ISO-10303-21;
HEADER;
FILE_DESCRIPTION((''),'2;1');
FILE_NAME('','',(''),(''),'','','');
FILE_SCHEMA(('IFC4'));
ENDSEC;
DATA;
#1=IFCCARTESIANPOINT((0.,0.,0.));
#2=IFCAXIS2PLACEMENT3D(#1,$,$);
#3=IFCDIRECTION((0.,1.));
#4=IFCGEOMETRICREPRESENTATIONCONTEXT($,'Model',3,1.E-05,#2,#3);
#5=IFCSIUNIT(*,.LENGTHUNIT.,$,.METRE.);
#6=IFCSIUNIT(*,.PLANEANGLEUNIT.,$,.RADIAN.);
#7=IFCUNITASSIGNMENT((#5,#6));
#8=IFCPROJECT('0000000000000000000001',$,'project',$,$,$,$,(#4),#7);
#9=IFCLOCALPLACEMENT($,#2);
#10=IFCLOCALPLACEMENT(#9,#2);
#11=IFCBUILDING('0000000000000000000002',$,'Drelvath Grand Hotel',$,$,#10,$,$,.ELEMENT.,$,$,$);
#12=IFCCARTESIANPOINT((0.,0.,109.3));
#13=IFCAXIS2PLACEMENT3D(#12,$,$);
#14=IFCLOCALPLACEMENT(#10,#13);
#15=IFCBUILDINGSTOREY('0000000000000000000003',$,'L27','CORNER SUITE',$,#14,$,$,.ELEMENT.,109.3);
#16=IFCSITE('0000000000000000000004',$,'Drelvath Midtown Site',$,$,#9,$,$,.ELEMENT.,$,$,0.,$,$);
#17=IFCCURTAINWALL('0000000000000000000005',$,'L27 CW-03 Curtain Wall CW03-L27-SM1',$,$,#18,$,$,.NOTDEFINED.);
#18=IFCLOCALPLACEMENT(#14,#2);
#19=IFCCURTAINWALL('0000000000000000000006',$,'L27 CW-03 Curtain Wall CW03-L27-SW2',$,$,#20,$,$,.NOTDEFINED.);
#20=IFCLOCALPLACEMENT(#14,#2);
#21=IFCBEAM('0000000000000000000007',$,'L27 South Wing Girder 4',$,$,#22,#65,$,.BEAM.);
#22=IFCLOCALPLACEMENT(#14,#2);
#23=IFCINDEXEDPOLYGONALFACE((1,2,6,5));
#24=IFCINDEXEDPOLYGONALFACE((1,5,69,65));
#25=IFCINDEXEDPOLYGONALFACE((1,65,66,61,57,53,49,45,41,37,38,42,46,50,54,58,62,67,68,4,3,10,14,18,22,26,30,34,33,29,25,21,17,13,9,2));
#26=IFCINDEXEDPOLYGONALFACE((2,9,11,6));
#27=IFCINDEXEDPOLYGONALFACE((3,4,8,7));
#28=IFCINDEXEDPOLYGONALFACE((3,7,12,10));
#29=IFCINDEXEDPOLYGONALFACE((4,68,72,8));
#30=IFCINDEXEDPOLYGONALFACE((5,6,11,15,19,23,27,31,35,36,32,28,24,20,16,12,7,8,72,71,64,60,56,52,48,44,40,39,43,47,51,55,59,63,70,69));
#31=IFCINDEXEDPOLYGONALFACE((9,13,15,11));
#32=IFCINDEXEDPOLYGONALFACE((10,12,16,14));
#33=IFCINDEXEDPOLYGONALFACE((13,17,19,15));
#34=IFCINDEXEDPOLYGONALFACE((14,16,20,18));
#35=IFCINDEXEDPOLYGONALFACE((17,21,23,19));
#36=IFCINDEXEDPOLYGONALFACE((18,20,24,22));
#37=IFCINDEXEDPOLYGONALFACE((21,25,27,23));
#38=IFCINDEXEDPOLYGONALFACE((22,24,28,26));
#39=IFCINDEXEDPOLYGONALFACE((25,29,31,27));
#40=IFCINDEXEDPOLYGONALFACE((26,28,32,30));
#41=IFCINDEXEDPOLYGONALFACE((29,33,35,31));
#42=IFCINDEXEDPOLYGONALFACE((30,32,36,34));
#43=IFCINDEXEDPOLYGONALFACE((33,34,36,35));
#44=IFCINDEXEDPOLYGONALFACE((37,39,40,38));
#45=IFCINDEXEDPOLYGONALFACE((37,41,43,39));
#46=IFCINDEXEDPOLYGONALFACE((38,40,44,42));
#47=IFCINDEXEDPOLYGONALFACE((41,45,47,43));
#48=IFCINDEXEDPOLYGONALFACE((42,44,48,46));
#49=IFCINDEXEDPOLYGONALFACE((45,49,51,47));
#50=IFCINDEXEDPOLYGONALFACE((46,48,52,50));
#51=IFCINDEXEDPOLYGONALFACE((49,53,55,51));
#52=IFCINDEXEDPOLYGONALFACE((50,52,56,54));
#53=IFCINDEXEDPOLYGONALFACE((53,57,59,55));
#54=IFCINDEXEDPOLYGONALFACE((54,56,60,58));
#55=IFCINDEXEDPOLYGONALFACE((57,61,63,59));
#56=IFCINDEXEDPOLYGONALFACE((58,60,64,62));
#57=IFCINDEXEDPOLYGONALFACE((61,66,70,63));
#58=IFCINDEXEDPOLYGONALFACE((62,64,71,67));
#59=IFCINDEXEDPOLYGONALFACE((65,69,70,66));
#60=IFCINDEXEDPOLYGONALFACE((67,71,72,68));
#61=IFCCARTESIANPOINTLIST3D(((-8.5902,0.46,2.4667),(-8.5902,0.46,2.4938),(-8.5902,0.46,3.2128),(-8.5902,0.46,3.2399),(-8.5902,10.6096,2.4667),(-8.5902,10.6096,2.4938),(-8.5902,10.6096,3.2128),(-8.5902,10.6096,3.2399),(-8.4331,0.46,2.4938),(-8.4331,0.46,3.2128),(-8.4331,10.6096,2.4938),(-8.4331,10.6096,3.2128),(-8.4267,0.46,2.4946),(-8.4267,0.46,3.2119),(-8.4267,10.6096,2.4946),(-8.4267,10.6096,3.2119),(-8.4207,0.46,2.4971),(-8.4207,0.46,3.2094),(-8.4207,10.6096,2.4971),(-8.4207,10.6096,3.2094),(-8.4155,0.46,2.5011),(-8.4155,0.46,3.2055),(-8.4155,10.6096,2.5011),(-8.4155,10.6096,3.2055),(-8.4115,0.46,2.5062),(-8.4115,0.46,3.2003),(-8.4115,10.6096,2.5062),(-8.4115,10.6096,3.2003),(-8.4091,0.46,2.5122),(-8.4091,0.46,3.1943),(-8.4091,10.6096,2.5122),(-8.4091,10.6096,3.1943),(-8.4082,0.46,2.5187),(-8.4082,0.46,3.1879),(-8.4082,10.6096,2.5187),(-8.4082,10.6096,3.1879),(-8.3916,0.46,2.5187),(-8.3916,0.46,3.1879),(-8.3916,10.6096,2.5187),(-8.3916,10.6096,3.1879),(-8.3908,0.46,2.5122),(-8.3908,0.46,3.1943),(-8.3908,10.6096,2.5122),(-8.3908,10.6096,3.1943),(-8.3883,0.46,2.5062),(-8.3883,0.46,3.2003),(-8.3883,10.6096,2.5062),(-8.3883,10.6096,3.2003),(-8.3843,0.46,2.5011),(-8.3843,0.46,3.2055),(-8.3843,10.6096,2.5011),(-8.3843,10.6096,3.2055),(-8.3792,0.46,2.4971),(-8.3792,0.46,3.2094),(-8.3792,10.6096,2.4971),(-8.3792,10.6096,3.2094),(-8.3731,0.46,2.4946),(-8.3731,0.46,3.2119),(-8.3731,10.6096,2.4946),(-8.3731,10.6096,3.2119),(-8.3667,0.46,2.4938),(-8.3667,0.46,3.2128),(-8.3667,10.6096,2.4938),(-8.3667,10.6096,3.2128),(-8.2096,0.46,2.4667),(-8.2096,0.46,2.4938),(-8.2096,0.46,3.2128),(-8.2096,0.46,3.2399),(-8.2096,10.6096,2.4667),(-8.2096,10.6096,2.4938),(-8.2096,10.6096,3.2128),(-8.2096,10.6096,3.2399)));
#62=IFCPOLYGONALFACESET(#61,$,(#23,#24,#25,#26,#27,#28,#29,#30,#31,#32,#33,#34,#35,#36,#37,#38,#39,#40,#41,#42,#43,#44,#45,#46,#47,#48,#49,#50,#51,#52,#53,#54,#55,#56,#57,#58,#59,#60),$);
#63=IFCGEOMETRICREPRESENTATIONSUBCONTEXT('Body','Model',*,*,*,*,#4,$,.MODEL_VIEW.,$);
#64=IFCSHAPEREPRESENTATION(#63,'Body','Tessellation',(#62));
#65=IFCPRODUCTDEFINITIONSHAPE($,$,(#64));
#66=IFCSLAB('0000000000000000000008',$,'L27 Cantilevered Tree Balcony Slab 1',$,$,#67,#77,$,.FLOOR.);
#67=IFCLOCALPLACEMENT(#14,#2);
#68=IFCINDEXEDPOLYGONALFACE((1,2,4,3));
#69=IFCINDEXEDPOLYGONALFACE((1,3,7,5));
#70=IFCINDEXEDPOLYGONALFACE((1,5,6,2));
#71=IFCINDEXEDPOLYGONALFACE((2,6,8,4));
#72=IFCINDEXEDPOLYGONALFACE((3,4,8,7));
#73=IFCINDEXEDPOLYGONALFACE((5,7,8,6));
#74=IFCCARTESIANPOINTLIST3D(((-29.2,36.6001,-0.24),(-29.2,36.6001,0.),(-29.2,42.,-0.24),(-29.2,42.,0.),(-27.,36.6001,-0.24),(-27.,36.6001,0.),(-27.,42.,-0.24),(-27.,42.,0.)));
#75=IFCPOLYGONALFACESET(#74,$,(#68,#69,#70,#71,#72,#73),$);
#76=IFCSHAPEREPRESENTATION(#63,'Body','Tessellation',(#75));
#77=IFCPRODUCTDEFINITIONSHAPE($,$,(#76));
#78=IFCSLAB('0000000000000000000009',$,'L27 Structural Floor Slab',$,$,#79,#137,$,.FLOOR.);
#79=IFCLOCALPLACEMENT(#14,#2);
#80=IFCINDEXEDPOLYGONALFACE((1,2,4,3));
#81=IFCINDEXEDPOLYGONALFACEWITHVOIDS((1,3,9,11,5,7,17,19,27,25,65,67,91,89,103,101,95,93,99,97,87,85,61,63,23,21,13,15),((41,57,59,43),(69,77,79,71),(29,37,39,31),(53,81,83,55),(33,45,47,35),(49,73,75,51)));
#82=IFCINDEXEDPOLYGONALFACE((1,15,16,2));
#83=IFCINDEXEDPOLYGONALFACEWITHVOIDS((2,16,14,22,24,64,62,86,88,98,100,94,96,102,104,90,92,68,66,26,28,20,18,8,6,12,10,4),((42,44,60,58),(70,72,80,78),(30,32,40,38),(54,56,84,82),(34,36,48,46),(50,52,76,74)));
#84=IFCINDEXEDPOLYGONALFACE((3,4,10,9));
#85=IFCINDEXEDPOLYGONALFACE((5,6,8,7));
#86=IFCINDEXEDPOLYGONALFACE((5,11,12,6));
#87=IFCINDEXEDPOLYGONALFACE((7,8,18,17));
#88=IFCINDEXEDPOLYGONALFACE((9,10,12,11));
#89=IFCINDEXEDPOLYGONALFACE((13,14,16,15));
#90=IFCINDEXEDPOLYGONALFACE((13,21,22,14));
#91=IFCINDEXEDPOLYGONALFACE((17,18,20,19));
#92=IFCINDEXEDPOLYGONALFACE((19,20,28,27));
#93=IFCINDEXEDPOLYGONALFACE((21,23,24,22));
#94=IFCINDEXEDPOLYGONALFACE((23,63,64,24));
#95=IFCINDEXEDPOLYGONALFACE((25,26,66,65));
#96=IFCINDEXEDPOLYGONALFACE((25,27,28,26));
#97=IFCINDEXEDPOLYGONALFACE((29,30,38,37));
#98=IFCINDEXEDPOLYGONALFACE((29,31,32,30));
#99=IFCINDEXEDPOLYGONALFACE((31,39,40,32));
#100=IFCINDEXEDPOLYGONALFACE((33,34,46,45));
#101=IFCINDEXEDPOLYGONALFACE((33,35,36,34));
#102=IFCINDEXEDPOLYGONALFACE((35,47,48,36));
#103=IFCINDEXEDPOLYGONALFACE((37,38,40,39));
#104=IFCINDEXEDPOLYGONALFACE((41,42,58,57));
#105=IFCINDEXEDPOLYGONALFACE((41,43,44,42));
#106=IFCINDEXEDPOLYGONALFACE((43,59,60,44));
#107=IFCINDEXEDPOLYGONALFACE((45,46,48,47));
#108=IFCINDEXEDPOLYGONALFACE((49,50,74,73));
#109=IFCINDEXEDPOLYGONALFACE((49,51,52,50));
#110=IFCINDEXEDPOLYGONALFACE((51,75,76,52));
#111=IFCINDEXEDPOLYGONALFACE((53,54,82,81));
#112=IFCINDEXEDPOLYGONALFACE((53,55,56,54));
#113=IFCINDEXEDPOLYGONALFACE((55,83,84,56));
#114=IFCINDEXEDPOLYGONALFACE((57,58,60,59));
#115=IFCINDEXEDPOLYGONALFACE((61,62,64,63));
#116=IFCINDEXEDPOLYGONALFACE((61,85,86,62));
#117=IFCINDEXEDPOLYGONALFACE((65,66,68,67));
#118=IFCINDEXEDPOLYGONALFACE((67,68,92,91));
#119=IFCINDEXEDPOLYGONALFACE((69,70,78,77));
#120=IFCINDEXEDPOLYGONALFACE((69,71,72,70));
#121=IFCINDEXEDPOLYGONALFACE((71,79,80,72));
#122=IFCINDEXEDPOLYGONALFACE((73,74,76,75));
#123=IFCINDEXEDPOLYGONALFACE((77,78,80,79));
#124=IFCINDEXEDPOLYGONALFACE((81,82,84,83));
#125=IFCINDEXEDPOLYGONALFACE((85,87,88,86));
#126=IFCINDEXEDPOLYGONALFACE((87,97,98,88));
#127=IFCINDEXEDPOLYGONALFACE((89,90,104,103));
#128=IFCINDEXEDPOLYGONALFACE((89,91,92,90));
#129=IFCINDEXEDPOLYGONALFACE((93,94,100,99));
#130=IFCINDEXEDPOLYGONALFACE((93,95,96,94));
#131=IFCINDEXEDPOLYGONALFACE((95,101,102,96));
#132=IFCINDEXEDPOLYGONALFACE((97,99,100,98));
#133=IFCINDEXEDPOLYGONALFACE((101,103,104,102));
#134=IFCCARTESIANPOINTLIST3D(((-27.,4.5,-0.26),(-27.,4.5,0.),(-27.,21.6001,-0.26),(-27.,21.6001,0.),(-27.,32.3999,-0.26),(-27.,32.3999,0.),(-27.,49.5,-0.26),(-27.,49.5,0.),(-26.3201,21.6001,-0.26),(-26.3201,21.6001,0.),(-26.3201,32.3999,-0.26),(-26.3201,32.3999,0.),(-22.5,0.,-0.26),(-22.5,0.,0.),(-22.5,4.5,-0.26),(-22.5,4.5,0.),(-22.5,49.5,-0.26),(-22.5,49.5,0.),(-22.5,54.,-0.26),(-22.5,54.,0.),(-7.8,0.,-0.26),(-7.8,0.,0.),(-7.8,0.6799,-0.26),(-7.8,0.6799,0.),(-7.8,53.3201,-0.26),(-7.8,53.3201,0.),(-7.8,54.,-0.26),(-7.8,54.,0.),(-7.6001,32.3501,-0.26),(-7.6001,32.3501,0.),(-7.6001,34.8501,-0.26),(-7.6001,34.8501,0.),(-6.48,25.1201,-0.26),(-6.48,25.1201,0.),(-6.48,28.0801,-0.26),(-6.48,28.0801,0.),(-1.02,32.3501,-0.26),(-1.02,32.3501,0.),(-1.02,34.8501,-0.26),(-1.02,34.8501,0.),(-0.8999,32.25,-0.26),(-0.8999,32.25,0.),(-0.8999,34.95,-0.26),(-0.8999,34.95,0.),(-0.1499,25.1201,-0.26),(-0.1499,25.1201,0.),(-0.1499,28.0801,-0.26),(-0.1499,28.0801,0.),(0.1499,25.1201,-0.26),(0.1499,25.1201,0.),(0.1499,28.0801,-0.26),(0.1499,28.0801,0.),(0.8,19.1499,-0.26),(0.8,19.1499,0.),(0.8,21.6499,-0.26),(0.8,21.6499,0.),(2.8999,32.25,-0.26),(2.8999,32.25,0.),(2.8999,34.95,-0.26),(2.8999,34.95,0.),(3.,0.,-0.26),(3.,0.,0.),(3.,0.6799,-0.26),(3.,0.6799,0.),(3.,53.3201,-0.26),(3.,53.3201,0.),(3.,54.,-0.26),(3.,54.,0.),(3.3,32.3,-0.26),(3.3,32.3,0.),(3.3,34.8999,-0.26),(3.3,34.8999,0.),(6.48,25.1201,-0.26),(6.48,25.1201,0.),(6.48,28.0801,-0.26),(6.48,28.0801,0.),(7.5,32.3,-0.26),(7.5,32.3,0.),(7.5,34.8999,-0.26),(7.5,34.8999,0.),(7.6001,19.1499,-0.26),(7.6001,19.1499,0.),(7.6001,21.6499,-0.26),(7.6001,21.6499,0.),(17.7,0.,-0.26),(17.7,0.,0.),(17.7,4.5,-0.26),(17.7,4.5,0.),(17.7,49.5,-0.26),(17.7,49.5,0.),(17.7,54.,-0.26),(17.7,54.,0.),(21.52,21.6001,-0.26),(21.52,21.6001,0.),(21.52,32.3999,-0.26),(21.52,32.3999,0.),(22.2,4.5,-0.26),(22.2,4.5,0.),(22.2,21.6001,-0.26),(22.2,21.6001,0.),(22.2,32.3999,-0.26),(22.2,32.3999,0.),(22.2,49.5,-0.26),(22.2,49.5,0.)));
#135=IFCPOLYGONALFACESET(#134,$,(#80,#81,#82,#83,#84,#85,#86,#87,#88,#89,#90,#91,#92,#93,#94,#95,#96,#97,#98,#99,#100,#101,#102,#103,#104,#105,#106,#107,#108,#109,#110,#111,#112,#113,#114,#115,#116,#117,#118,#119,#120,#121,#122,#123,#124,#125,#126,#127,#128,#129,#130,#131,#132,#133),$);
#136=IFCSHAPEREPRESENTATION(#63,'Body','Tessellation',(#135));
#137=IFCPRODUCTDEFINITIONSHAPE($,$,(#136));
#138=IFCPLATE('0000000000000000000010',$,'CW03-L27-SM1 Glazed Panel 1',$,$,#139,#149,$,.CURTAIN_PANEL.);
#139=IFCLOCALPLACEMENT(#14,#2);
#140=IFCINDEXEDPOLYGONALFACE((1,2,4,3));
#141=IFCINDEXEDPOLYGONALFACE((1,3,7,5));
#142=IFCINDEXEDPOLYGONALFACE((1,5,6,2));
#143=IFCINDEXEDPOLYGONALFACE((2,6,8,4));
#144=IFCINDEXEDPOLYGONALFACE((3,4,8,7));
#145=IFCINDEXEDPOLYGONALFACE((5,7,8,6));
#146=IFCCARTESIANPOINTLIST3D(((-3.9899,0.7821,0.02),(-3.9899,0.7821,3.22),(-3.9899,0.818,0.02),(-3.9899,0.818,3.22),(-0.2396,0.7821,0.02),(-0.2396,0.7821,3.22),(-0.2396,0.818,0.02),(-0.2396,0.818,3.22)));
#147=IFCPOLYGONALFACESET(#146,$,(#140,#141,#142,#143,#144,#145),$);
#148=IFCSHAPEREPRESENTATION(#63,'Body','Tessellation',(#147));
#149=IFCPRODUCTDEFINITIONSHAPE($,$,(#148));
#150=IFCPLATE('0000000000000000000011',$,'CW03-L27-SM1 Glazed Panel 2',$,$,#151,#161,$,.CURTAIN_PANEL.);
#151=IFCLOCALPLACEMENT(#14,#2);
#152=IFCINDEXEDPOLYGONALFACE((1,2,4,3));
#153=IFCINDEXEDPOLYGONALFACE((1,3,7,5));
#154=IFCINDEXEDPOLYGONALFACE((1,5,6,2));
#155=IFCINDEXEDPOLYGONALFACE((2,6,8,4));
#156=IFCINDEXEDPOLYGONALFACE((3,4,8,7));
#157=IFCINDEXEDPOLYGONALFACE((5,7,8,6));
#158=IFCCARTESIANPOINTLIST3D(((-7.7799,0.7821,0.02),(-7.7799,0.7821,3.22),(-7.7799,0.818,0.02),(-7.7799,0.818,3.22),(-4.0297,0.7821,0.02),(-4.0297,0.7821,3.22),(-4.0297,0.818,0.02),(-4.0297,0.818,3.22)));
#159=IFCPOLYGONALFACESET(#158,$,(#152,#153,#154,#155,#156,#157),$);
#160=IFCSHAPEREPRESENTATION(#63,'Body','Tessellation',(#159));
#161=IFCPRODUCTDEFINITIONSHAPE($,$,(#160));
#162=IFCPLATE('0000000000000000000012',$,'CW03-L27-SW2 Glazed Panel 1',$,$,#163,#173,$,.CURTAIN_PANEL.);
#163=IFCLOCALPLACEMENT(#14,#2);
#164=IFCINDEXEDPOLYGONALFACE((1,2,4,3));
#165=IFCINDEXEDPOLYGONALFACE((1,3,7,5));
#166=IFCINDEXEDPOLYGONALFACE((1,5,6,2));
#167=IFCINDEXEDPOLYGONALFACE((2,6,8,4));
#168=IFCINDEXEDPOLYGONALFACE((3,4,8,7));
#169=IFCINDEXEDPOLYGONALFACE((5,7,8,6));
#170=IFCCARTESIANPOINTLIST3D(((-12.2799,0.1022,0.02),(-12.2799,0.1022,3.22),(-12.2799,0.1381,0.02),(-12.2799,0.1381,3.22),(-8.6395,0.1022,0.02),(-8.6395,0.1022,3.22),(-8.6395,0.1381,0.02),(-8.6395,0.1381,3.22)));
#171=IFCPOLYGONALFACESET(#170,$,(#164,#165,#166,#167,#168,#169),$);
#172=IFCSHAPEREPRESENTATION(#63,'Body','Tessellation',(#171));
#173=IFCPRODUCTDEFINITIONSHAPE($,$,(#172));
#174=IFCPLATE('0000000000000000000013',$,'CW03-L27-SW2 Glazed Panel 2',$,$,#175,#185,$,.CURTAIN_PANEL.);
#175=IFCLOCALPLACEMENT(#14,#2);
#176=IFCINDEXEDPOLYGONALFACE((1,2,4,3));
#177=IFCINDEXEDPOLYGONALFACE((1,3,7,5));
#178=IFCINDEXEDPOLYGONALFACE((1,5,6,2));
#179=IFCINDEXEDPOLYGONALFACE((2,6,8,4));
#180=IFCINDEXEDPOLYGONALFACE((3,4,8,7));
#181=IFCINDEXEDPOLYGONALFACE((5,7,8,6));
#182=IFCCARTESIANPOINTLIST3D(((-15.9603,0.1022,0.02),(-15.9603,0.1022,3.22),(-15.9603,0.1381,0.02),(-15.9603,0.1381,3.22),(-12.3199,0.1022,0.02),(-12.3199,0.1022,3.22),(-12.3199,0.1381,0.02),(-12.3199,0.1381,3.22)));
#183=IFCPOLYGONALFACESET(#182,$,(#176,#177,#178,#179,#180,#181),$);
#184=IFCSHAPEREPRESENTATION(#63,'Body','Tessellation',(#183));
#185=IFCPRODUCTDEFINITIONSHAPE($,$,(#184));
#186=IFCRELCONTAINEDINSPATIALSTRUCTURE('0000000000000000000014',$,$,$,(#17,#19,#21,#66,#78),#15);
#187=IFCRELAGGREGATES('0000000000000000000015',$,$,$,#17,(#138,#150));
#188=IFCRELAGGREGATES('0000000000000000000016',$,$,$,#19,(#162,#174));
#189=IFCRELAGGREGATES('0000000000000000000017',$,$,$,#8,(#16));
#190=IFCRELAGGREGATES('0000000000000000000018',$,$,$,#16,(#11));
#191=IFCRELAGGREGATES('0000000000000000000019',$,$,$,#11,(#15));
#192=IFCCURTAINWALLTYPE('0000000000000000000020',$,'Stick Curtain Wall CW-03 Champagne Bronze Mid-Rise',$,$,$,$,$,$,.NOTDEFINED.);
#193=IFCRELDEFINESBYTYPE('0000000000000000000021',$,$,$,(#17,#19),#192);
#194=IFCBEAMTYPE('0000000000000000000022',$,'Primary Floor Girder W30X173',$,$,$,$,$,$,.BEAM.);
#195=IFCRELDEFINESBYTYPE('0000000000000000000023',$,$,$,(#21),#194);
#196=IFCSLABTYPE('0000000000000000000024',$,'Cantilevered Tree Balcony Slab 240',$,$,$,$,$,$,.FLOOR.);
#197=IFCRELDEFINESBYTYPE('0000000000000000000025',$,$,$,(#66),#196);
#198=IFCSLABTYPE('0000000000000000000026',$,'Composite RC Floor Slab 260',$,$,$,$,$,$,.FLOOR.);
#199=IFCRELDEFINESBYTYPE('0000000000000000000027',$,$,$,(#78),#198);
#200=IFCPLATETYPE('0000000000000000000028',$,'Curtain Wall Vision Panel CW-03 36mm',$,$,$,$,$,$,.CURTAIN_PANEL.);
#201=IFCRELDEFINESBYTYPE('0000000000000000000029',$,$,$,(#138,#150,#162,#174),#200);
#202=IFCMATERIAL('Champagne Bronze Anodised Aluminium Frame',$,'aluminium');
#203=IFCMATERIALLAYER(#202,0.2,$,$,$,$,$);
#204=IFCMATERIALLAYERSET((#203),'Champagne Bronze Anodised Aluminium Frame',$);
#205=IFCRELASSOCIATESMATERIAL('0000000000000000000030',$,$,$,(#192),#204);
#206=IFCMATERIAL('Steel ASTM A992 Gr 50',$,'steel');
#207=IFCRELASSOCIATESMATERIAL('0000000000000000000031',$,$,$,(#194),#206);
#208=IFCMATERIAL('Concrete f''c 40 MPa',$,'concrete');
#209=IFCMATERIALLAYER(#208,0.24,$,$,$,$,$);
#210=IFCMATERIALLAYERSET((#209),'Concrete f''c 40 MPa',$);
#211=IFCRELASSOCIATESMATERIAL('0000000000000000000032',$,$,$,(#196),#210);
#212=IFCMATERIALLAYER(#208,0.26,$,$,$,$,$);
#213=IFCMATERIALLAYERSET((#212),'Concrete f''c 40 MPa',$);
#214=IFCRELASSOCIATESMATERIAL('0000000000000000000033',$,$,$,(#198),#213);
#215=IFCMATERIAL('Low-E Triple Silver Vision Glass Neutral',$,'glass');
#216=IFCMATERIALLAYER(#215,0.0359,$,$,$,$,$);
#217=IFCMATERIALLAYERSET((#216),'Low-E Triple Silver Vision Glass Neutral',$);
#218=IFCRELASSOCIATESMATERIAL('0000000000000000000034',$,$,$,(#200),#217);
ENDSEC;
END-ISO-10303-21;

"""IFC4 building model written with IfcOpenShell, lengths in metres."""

from ifc_helpers import new_model, si_unit, direction, frame, origin, origin_2d, place, context, subcontext, project, spatial, polyline, rectangle, i_section, outline, extrude, material, layer, layer_set, material_profile, profile_set, type_object, element, aggregate, save


model = new_model("IFC4")

# Units and contexts
model_context = context("Model", 3, precision=1e-05, world=origin(), true_north=direction((0.0, 1.0)))
body_context = subcontext(model_context, "Body", "Model", "MODEL_VIEW")
ifc_project = project(units=[si_unit("LENGTHUNIT", "METRE"), si_unit("PLANEANGLEUNIT", "RADIAN")], contexts=[model_context])

# Site, building, storey
site_placement = place(None, origin())
site = spatial("IfcSite", under=ifc_project, at=site_placement, Name="Drelvath Midtown Site", CompositionType="ELEMENT", RefElevation=0.0)
building_placement = place(site_placement, origin())
building = spatial("IfcBuilding", under=site, at=building_placement, Name="Drelvath Grand Hotel", CompositionType="ELEMENT")
storey_placement = place(building_placement, frame((0.0, 0.0, 109.3)))
storey = spatial("IfcBuildingStorey", under=building, at=storey_placement, Name="L27", Description="CORNER SUITE", CompositionType="ELEMENT", Elevation=109.3)

# Shared definitions
ifc_material_1 = material(Name="Steel ASTM A992 Gr 50", Category="steel")

# Curtain walls
ifc_material_2 = material(Name="Champagne Bronze Anodised Aluminium Frame", Category="aluminium")
ifc_layer_1 = layer(ifc_material_2, 0.2)
ifc_layer_set_1 = layer_set([ifc_layer_1], Name="Champagne Bronze Anodised Aluminium Frame")
curtain_wall_type = type_object("IfcCurtainWallType", Name="Stick Curtain Wall CW-03 Champagne Bronze Mid-Rise", PredefinedType="NOTDEFINED", material=ifc_layer_set_1)
curtain_wall_1_placement = place(storey_placement, origin())
curtain_wall_1 = element("IfcCurtainWall", 1, at=curtain_wall_1_placement, inside=storey, type_object=curtain_wall_type, Name="L27 CW-03 Curtain Wall CW03-L27-SM1", PredefinedType="NOTDEFINED")
curtain_wall_2_placement = place(storey_placement, origin())
curtain_wall_2 = element("IfcCurtainWall", 2, at=curtain_wall_2_placement, inside=storey, type_object=curtain_wall_type, Name="L27 CW-03 Curtain Wall CW03-L27-SW2", PredefinedType="NOTDEFINED")

# Beam
ifc_material_profile_1 = material_profile(ifc_material_1, i_section(OverallWidth=0.3806, OverallDepth=0.7732, WebThickness=0.0166, FlangeThickness=0.0271, FilletRadius=0.0249, at=origin_2d()), Name="W30X173")
ifc_profile_set_1 = profile_set([ifc_material_profile_1], Name="Steel ASTM A992 Gr 50")
beam_type_1 = type_object("IfcBeamType", Name="Primary Floor Girder W30X173", PredefinedType="BEAM", material=ifc_profile_set_1)
beam_1_placement = place(storey_placement, frame((-8.3999, 0.46, 2.8533), z_axis=(0.0, 1.0, 0.0), x_axis=(-1.0, 0.0, 0.0)))
element("IfcBeam", 3, at=beam_1_placement, inside=storey, type_object=beam_type_1, Name="L27 South Wing Girder 4", PredefinedType="BEAM", context=body_context, shape_type="SweptSolid", body=[
    extrude(i_section(OverallWidth=0.3806, OverallDepth=0.7732, WebThickness=0.0166, FlangeThickness=0.0271, FilletRadius=0.0249, at=origin_2d()), origin(), (0.0, 0.0, 1.0), 10.1497),
])

# Slabs
ifc_material_3 = material(Name="Concrete f'c 40 MPa", Category="concrete")
ifc_layer_2 = layer(ifc_material_3, 0.24)
ifc_layer_set_2 = layer_set([ifc_layer_2], Name="Concrete f'c 40 MPa")
slab_type_1 = type_object("IfcSlabType", Name="Cantilevered Tree Balcony Slab 240", PredefinedType="FLOOR", material=ifc_layer_set_2)
slab_1_placement = place(storey_placement, frame((0.0, 0.0, -0.24)))
element("IfcSlab", 4, at=slab_1_placement, inside=storey, type_object=slab_type_1, Name="L27 Cantilevered Tree Balcony Slab 1", PredefinedType="FLOOR", context=body_context, shape_type="SweptSolid", body=[
    extrude(outline(polyline([(-29.2, 36.6001), (-27.0, 36.6001), (-27.0, 42.0), (-29.2, 42.0), (-29.2, 36.6001)])), origin(), (0.0, 0.0, 1.0), 0.24),
])
ifc_layer_3 = layer(ifc_material_3, 0.26)
ifc_layer_set_3 = layer_set([ifc_layer_3], Name="Concrete f'c 40 MPa")
slab_type_2 = type_object("IfcSlabType", Name="Composite RC Floor Slab 260", PredefinedType="FLOOR", material=ifc_layer_set_3)
slab_2_placement = place(storey_placement, frame((0.0, 0.0, -0.26)))
element("IfcSlab", 5, at=slab_2_placement, inside=storey, type_object=slab_type_2, Name="L27 Structural Floor Slab", PredefinedType="FLOOR", context=body_context, shape_type="SweptSolid", body=[
    extrude(outline(polyline([(-22.5, 0.0), (-7.8, 0.0), (-7.8, 0.6799), (3.0, 0.6799), (3.0, 0.0), (17.7, 0.0), (17.7, 4.5), (22.2, 4.5), (22.2, 21.6001), (21.52, 21.6001), (21.52, 32.3999), (22.2, 32.3999), (22.2, 49.5), (17.7, 49.5), (17.7, 54.0), (3.0, 54.0), (3.0, 53.3201), (-7.8, 53.3201), (-7.8, 54.0), (-22.5, 54.0), (-22.5, 49.5), (-27.0, 49.5), (-27.0, 32.3999), (-26.3201, 32.3999), (-26.3201, 21.6001), (-27.0, 21.6001), (-27.0, 4.5), (-22.5, 4.5), (-22.5, 0.0)]), holes=[polyline([(-6.48, 25.1201), (-6.48, 28.0801), (-0.1499, 28.0801), (-0.1499, 25.1201), (-6.48, 25.1201)]), polyline([(0.1499, 25.1201), (0.1499, 28.0801), (6.48, 28.0801), (6.48, 25.1201), (0.1499, 25.1201)]), polyline([(0.8, 19.1499), (0.8, 21.6499), (7.6001, 21.6499), (7.6001, 19.1499), (0.8, 19.1499)]), polyline([(-7.6001, 32.3501), (-7.6001, 34.8501), (-1.02, 34.8501), (-1.02, 32.3501), (-7.6001, 32.3501)]), polyline([(-0.8999, 32.25), (-0.8999, 34.95), (2.8999, 34.95), (2.8999, 32.25), (-0.8999, 32.25)]), polyline([(3.3, 32.3), (3.3, 34.8999), (7.5, 34.8999), (7.5, 32.3), (3.3, 32.3)])]), origin(), (0.0, 0.0, 1.0), 0.26),
])

# Plates
ifc_material_4 = material(Name="Low-E Triple Silver Vision Glass Neutral", Category="glass")
ifc_layer_4 = layer(ifc_material_4, 0.0359)
ifc_layer_set_4 = layer_set([ifc_layer_4], Name="Low-E Triple Silver Vision Glass Neutral")
plate_type = type_object("IfcPlateType", Name="Curtain Wall Vision Panel CW-03 36mm", PredefinedType="CURTAIN_PANEL", material=ifc_layer_set_4)
plate_1_placement = place(storey_placement, frame((-2.1147, 0.8, 0.02), z_axis=(0.0, 0.0, 1.0), x_axis=(-1.0, 0.0, 0.0)))
plate_1 = element("IfcPlate", 6, at=plate_1_placement, type_object=plate_type, Name="CW03-L27-SM1 Glazed Panel 1", PredefinedType="CURTAIN_PANEL", context=body_context, shape_type="SweptSolid", body=[
    extrude(rectangle(XDim=3.7502, YDim=0.0359, at=origin_2d()), origin(), (0.0, 0.0, 1.0), 3.2),
])
plate_2_placement = place(storey_placement, frame((-5.9048, 0.8, 0.02), z_axis=(0.0, 0.0, 1.0), x_axis=(-1.0, 0.0, 0.0)))
plate_2 = element("IfcPlate", 7, at=plate_2_placement, type_object=plate_type, Name="CW03-L27-SM1 Glazed Panel 2", PredefinedType="CURTAIN_PANEL", context=body_context, shape_type="SweptSolid", body=[
    extrude(rectangle(XDim=3.7502, YDim=0.0359, at=origin_2d()), origin(), (0.0, 0.0, 1.0), 3.2),
])
aggregate(curtain_wall_1, [plate_1, plate_2])
plate_3_placement = place(storey_placement, frame((-10.4597, 0.1201, 0.02), z_axis=(0.0, 0.0, 1.0), x_axis=(-1.0, 0.0, 0.0)))
plate_3 = element("IfcPlate", 8, at=plate_3_placement, type_object=plate_type, Name="CW03-L27-SW2 Glazed Panel 1", PredefinedType="CURTAIN_PANEL", context=body_context, shape_type="SweptSolid", body=[
    extrude(rectangle(XDim=3.6404, YDim=0.0359, at=origin_2d()), origin(), (0.0, 0.0, 1.0), 3.2),
])
plate_4_placement = place(storey_placement, frame((-14.1401, 0.1201, 0.02), z_axis=(0.0, 0.0, 1.0), x_axis=(-1.0, 0.0, 0.0)))
plate_4 = element("IfcPlate", 9, at=plate_4_placement, type_object=plate_type, Name="CW03-L27-SW2 Glazed Panel 2", PredefinedType="CURTAIN_PANEL", context=body_context, shape_type="SweptSolid", body=[
    extrude(rectangle(XDim=3.6404, YDim=0.0359, at=origin_2d()), origin(), (0.0, 0.0, 1.0), 3.2),
])
aggregate(curtain_wall_2, [plate_3, plate_4])

save(model, "model.ifc")
